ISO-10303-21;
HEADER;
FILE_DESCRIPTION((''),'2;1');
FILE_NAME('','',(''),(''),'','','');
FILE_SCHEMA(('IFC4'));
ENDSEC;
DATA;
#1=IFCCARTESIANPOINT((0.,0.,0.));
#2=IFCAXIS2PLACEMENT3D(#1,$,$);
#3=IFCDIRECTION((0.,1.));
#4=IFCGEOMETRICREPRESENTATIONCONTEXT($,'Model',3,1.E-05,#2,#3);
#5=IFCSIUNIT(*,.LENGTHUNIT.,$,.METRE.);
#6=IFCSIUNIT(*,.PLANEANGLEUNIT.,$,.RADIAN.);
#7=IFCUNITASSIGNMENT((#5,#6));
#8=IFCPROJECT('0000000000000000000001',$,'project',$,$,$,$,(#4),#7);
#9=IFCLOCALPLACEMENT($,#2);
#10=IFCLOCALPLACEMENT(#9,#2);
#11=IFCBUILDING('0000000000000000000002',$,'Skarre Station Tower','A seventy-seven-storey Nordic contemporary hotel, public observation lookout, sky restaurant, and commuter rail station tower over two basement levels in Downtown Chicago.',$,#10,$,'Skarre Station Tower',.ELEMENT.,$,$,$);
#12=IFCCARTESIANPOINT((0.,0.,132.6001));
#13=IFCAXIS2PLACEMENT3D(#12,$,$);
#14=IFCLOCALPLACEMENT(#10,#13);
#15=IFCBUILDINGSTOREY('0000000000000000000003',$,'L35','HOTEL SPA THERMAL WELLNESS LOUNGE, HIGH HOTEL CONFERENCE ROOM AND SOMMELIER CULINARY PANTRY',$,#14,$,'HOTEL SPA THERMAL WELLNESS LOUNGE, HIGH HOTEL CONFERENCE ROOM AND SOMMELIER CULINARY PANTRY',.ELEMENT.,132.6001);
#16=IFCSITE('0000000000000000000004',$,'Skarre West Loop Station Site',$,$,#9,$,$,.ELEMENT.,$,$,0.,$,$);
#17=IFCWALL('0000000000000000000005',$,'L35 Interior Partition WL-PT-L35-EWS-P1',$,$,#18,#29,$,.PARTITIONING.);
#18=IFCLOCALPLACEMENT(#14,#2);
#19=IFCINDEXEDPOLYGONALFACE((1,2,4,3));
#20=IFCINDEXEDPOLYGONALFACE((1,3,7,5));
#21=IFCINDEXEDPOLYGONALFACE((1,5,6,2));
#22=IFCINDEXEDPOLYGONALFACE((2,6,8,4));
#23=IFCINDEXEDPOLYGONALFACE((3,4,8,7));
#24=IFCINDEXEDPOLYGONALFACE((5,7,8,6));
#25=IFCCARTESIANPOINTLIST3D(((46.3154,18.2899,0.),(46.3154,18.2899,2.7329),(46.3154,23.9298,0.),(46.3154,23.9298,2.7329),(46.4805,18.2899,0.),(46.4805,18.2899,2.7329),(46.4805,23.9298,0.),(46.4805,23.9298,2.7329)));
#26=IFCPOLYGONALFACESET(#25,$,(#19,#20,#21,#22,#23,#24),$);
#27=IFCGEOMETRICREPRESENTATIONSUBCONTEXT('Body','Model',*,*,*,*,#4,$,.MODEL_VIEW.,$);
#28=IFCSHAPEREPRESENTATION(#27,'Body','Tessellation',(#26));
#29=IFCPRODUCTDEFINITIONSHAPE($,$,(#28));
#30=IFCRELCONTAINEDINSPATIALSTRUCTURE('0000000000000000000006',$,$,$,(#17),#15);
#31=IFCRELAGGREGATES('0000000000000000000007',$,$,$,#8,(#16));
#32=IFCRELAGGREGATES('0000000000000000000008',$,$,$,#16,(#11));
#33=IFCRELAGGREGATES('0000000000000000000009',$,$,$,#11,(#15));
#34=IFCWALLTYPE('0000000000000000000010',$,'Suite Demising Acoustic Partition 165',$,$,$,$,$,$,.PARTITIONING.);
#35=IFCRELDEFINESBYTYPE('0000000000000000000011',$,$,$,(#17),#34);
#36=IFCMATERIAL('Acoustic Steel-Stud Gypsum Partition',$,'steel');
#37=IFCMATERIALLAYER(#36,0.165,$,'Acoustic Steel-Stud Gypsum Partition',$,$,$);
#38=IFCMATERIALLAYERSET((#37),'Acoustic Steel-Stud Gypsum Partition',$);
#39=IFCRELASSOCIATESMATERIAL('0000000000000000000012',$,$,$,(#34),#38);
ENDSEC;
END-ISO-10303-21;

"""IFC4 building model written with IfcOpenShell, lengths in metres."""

from ifc_helpers import new_model, si_unit, direction, frame, frame_2d, origin, place, context, subcontext, project, spatial, rectangle, extrude, material, layer, layer_set, type_object, element, save


model = new_model("IFC4")

# Units and contexts
model_context = context("Model", 3, precision=1e-05, world=origin(), true_north=direction((0.0, 1.0)))
body_context = subcontext(model_context, "Body", "Model", "MODEL_VIEW")
ifc_project = project(units=[si_unit("LENGTHUNIT", "METRE"), si_unit("PLANEANGLEUNIT", "RADIAN")], contexts=[model_context])

# Site, building, storey
site_placement = place(None, origin())
site = spatial("IfcSite", under=ifc_project, at=site_placement, Name="Skarre West Loop Station Site", CompositionType="ELEMENT", RefElevation=0.0)
building_placement = place(site_placement, origin())
building = spatial("IfcBuilding", under=site, at=building_placement, Name="Skarre Station Tower", Description="A seventy-seven-storey Nordic contemporary hotel, public observation lookout, sky restaurant, and commuter rail station tower over two basement levels in Downtown Chicago.", LongName="Skarre Station Tower", CompositionType="ELEMENT")
storey_placement = place(building_placement, frame((0.0, 0.0, 132.6001)))
storey = spatial("IfcBuildingStorey", under=building, at=storey_placement, Name="L35", Description="HOTEL SPA THERMAL WELLNESS LOUNGE, HIGH HOTEL CONFERENCE ROOM AND SOMMELIER CULINARY PANTRY", LongName="HOTEL SPA THERMAL WELLNESS LOUNGE, HIGH HOTEL CONFERENCE ROOM AND SOMMELIER CULINARY PANTRY", CompositionType="ELEMENT", Elevation=132.6001)

# Shared definitions
ifc_material_1 = material(Name="Acoustic Steel-Stud Gypsum Partition", Category="steel")

# Wall
ifc_layer_1 = layer(ifc_material_1, 0.165, Name="Acoustic Steel-Stud Gypsum Partition")
ifc_layer_set_1 = layer_set([ifc_layer_1], Name="Acoustic Steel-Stud Gypsum Partition")
wall_type_1 = type_object("IfcWallType", Name="Suite Demising Acoustic Partition 165", PredefinedType="PARTITIONING", material=ifc_layer_set_1)
for number, where, z_axis, x_axis, name in (
    (1, (46.3979, 18.29, 0.0), (0.0, 0.0, 1.0), (0.0, 1.0, 0.0), "L35 Interior Partition WL-PT-L35-EWS-P1"),
):
    element("IfcWall", number, at=place(storey_placement, frame(where, z_axis=z_axis, x_axis=x_axis)), inside=storey, type_object=wall_type_1, Name=name, PredefinedType="PARTITIONING", context=body_context, shape_type="SweptSolid", body=[
        extrude(rectangle(XDim=5.6399, YDim=0.165, at=frame_2d((2.8198, 0.0))), origin(), (0.0, 0.0, 1.0), 2.7329),
    ])

save(model, "model.ifc")
